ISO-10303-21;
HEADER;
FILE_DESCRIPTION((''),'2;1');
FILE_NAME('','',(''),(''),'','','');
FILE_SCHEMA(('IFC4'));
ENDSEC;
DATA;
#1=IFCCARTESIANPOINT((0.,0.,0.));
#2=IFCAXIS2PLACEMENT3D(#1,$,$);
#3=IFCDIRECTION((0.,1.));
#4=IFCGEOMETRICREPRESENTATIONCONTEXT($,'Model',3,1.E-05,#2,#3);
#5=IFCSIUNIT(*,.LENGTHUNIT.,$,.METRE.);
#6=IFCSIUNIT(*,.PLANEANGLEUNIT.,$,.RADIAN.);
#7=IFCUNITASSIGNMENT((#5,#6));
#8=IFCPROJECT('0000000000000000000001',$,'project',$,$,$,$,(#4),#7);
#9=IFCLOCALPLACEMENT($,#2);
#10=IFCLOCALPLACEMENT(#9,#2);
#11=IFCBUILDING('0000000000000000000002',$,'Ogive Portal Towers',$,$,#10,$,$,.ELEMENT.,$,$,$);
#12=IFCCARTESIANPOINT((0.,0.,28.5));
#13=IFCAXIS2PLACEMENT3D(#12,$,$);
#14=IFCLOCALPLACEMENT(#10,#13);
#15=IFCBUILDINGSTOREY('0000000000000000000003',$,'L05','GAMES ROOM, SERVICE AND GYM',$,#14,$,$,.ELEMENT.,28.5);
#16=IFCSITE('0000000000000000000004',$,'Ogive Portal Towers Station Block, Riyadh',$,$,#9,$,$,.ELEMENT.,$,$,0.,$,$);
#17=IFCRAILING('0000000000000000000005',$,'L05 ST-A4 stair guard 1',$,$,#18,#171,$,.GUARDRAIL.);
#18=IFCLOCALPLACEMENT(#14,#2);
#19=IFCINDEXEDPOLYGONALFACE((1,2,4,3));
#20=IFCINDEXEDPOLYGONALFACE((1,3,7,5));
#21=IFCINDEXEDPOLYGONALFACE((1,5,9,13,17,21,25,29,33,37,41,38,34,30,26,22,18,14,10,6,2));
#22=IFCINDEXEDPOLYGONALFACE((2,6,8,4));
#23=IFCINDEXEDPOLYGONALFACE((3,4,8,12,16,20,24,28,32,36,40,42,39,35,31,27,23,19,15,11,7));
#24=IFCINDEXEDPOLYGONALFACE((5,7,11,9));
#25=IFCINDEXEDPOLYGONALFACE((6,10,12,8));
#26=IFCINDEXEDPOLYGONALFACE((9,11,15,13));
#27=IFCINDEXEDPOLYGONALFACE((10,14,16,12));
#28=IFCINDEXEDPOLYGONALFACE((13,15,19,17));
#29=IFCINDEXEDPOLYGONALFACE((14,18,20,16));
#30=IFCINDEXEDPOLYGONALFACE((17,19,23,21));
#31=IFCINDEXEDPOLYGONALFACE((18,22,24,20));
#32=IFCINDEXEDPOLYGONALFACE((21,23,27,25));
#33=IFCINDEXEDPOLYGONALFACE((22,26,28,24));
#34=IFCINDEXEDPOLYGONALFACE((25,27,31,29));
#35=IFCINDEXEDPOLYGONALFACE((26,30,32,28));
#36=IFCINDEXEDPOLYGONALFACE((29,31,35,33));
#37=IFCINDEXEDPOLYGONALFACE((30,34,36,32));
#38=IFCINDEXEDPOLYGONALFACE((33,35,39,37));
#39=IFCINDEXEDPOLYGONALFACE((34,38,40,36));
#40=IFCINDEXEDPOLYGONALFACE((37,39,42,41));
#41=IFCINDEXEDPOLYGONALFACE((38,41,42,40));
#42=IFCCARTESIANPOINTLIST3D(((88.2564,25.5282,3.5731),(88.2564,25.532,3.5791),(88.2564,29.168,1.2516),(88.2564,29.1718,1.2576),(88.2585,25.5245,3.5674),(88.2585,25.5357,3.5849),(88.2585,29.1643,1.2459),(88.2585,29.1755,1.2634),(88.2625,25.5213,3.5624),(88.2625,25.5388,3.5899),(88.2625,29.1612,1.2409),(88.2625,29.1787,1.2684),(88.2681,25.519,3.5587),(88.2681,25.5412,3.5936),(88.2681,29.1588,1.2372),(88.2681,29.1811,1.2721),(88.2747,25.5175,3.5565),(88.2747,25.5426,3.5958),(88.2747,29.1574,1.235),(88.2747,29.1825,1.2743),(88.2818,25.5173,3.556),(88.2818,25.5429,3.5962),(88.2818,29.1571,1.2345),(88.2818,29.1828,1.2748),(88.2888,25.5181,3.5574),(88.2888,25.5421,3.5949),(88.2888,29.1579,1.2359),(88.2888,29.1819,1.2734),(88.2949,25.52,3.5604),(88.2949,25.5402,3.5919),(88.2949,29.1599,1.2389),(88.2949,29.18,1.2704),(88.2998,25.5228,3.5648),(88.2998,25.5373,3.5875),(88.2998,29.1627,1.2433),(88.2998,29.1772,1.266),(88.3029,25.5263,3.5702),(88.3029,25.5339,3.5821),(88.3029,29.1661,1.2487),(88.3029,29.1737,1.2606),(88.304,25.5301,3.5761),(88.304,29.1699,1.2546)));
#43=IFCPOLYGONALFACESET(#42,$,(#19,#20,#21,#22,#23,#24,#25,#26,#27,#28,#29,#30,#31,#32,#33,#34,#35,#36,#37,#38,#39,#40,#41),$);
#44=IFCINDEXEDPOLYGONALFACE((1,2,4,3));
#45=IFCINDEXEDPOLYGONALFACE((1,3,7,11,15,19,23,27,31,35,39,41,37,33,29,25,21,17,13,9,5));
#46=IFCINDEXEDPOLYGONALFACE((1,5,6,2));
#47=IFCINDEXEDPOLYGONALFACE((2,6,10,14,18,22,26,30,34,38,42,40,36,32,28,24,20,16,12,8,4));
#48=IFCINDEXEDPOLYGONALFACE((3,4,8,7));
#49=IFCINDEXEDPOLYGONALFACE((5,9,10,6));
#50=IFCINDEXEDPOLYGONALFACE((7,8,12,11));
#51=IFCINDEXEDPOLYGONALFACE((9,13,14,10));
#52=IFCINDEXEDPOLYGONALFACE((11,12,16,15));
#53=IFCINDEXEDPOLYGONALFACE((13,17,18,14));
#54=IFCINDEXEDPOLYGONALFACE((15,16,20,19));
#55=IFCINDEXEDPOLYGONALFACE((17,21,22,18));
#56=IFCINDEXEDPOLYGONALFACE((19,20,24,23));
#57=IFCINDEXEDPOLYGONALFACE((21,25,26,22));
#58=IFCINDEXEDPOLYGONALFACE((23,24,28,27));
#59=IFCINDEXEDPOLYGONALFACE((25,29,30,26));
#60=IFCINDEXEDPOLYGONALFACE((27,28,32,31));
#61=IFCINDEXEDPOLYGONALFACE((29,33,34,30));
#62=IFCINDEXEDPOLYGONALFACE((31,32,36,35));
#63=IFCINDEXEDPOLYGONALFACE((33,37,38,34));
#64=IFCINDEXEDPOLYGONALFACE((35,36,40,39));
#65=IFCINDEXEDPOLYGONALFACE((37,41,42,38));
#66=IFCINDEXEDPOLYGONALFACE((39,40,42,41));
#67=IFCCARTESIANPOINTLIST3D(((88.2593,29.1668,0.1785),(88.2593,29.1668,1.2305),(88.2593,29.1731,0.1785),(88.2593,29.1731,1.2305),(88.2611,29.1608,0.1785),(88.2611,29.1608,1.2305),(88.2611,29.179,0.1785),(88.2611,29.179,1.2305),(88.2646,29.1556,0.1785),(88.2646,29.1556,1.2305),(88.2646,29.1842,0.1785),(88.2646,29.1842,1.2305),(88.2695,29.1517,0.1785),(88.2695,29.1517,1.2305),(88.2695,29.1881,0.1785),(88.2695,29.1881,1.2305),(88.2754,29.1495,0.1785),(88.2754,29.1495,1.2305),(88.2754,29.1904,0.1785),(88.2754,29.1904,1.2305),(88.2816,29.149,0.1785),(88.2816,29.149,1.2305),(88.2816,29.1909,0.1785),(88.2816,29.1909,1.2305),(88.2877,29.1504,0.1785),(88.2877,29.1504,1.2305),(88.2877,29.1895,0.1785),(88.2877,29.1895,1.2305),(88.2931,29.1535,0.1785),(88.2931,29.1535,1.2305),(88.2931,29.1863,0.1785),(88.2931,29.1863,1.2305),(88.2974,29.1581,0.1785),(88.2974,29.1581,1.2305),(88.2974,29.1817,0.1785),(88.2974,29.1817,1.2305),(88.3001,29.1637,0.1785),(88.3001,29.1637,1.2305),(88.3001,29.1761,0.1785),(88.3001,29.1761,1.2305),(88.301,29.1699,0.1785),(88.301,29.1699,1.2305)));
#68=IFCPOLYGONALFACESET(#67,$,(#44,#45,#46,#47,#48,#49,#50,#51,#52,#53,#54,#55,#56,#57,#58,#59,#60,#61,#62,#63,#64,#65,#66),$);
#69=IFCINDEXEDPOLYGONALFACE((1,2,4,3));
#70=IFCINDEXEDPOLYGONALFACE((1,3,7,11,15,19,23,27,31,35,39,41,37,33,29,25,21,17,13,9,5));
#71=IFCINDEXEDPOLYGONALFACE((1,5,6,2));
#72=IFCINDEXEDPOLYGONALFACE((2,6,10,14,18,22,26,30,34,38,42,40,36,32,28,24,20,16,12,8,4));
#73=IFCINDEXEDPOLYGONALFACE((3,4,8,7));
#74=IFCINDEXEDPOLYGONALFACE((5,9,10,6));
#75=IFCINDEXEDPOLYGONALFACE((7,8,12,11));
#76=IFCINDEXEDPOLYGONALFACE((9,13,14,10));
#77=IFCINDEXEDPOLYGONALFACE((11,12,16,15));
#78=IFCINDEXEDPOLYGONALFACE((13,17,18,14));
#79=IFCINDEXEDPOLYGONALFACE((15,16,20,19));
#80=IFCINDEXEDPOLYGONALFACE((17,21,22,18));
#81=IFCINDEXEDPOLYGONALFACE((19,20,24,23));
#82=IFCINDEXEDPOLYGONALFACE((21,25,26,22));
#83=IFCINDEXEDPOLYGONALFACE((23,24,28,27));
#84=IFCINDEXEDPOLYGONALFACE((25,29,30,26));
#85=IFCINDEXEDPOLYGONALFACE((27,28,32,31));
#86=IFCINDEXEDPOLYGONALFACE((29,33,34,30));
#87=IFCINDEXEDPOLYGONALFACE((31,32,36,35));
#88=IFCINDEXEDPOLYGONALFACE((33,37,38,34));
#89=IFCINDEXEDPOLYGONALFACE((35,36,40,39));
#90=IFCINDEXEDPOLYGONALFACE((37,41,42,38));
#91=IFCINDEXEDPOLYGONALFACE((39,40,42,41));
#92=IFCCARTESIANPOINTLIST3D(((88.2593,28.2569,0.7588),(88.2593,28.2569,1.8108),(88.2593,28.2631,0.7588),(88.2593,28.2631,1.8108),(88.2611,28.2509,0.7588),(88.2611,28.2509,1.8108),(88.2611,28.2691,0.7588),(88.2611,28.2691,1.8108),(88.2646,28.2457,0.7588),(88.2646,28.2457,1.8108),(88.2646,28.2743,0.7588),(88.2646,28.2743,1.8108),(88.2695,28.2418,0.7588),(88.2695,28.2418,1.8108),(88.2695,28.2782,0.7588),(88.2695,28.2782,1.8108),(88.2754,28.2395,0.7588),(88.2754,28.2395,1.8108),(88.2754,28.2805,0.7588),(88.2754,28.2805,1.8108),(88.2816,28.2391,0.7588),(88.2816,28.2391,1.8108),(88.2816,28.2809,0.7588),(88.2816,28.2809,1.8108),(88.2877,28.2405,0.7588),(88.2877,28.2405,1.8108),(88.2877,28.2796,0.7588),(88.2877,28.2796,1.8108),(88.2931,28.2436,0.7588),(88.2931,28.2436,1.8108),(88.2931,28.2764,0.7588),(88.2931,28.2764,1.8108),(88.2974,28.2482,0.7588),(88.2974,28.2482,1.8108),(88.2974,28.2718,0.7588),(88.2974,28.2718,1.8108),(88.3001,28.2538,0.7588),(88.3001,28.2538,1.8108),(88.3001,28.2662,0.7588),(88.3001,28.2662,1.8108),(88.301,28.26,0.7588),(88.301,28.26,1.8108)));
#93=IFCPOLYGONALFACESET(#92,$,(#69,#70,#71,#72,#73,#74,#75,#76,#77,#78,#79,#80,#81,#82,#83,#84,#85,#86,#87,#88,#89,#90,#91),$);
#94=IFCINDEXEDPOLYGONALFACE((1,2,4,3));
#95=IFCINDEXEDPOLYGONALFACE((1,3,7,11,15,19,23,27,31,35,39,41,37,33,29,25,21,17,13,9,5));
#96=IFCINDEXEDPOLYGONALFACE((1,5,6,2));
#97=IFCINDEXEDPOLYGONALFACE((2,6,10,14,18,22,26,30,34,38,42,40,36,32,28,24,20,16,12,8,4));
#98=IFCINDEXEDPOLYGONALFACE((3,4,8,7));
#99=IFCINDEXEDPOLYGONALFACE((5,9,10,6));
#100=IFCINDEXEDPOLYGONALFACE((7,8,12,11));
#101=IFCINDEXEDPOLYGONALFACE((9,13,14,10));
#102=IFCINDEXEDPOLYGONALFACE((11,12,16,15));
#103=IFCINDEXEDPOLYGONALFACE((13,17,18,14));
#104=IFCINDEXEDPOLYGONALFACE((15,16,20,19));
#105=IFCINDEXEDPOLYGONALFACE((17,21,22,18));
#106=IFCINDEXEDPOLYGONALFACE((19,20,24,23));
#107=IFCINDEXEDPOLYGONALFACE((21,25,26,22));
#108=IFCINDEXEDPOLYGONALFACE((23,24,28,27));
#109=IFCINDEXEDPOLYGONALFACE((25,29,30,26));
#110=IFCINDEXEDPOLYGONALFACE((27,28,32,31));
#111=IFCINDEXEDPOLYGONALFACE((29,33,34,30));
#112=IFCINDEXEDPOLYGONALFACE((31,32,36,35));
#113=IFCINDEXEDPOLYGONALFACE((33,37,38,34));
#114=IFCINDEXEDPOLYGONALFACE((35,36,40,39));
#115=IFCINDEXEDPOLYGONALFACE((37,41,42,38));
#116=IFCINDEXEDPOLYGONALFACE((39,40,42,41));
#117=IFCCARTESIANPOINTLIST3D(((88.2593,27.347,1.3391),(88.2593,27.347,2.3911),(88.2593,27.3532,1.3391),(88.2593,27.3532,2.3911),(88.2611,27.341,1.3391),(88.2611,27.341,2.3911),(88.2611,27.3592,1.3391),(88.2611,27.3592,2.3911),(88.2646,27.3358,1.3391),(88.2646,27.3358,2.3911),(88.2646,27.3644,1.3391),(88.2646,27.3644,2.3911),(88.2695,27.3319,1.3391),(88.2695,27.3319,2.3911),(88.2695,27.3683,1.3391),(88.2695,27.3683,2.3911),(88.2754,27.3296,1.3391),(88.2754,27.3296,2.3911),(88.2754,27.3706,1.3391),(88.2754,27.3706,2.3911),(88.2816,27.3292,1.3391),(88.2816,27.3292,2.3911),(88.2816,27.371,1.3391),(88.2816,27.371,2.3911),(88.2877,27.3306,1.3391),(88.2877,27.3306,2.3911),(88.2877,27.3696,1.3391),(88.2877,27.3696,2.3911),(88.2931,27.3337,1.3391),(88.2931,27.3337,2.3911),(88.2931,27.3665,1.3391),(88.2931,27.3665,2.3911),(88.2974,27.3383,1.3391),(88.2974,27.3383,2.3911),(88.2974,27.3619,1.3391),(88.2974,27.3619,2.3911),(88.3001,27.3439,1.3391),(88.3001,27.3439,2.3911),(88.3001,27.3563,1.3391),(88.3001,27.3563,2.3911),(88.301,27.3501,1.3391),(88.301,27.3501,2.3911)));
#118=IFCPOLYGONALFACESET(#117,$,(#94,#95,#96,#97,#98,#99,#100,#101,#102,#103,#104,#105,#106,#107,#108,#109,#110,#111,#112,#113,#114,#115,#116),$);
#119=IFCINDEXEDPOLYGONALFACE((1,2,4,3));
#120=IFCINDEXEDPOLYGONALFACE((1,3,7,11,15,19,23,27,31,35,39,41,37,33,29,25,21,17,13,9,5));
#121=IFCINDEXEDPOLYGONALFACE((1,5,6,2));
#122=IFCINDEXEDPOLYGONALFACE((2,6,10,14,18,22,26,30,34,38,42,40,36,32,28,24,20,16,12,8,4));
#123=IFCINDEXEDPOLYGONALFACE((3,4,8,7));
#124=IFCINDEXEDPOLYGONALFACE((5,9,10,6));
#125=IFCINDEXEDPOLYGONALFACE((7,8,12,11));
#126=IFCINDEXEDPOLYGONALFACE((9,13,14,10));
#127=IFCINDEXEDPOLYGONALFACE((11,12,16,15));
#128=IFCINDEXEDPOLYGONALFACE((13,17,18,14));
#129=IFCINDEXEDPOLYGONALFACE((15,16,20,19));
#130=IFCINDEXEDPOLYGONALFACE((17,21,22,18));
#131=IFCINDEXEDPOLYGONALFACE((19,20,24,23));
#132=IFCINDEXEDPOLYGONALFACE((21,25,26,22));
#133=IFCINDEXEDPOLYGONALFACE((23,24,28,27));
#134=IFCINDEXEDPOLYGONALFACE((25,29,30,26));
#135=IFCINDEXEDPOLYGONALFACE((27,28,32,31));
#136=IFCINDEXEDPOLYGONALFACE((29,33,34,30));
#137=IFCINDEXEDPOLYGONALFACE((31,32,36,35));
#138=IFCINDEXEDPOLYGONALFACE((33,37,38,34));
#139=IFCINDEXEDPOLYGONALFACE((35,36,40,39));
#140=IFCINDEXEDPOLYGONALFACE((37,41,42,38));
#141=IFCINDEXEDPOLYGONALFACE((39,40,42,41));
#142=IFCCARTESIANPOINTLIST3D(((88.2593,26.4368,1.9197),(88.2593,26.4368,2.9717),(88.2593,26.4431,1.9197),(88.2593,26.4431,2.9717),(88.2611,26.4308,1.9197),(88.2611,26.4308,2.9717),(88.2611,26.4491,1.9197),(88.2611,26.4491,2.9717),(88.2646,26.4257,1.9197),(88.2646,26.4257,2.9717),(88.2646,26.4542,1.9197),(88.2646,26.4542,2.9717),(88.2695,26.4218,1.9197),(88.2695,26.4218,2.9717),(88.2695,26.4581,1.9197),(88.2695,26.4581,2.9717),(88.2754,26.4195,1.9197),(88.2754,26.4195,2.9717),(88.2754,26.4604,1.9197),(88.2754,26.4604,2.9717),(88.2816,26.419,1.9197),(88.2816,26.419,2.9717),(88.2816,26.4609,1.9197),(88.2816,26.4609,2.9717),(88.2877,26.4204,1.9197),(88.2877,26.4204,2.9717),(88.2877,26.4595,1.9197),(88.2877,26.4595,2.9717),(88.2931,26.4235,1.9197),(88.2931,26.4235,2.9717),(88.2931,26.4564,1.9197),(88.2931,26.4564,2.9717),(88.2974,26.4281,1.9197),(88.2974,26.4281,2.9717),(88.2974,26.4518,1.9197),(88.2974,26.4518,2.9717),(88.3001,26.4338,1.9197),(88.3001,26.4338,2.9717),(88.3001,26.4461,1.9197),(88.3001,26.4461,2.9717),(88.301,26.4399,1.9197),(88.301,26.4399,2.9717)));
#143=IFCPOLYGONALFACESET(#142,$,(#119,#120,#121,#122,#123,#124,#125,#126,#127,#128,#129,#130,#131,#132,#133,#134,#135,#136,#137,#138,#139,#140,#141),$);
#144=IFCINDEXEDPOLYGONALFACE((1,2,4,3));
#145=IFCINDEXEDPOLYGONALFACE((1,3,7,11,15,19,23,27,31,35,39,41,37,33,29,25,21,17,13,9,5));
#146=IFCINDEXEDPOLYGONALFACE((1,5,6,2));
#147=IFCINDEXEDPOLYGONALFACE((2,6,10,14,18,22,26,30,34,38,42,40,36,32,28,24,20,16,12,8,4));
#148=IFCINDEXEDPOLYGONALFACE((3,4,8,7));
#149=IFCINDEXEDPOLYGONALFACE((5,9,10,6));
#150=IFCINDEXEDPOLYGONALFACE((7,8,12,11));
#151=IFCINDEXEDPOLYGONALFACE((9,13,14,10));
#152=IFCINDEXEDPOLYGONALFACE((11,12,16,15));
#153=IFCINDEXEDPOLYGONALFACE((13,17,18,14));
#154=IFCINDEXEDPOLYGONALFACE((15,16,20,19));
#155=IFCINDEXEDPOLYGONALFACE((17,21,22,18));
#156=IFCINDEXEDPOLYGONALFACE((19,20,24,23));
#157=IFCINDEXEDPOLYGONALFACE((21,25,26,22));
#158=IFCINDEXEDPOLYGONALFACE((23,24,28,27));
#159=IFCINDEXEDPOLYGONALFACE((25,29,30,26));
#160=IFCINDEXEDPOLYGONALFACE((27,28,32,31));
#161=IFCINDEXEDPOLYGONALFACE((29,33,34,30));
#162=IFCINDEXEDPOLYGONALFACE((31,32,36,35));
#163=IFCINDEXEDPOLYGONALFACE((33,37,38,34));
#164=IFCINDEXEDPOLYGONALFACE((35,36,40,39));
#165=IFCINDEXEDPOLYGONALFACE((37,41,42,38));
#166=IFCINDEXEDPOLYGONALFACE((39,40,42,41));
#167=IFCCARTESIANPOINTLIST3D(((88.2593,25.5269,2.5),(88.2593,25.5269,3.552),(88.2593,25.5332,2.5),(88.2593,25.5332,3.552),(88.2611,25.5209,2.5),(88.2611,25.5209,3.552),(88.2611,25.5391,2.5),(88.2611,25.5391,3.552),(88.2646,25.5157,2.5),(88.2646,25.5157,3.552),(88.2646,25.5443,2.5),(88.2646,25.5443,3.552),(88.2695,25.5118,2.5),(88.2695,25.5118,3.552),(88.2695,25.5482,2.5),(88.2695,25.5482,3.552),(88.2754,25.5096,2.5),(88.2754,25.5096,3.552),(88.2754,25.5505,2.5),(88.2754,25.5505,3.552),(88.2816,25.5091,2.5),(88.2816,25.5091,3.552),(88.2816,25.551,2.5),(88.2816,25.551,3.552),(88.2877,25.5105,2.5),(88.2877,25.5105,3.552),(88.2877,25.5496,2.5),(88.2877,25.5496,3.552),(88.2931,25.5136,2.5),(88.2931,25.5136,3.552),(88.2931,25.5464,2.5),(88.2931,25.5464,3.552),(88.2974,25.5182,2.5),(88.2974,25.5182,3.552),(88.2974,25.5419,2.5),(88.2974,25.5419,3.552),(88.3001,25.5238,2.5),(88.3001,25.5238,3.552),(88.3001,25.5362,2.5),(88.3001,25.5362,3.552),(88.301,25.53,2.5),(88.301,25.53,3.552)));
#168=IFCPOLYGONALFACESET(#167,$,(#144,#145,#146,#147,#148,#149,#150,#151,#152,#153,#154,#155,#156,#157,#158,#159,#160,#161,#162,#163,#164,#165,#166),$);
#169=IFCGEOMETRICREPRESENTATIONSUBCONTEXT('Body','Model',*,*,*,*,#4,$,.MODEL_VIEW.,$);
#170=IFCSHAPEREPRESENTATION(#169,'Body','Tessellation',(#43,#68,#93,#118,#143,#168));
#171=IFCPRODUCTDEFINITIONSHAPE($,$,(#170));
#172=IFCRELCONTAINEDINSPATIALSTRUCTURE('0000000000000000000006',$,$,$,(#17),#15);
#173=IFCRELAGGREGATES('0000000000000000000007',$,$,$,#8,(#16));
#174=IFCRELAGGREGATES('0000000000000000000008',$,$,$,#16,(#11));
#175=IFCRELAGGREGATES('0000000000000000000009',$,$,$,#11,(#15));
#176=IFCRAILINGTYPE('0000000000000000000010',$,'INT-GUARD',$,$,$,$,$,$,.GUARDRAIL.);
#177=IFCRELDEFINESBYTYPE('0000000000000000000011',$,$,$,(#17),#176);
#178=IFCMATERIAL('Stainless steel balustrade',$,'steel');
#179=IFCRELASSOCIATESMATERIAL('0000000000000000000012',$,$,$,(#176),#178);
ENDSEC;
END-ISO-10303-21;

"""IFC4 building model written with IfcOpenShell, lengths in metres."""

from ifc_helpers import new_model, si_unit, direction, frame, origin, origin_2d, place, context, subcontext, project, spatial, circle, extrude, material, type_object, element, save


model = new_model("IFC4")

# Units and contexts
model_context = context("Model", 3, precision=1e-05, world=origin(), true_north=direction((0.0, 1.0)))
body_context = subcontext(model_context, "Body", "Model", "MODEL_VIEW")
ifc_project = project(units=[si_unit("LENGTHUNIT", "METRE"), si_unit("PLANEANGLEUNIT", "RADIAN")], contexts=[model_context])

# Site, building, storey
site_placement = place(None, origin())
site = spatial("IfcSite", under=ifc_project, at=site_placement, Name="Ogive Portal Towers Station Block, Riyadh", CompositionType="ELEMENT", RefElevation=0.0)
building_placement = place(site_placement, origin())
building = spatial("IfcBuilding", under=site, at=building_placement, Name="Ogive Portal Towers", CompositionType="ELEMENT")
storey_placement = place(building_placement, frame((0.0, 0.0, 28.5)))
storey = spatial("IfcBuildingStorey", under=building, at=storey_placement, Name="L05", Description="GAMES ROOM, SERVICE AND GYM", CompositionType="ELEMENT", Elevation=28.5)

# Railing
ifc_material_1 = material(Name="Stainless steel balustrade", Category="steel")
railing_type_1 = type_object("IfcRailingType", Name="INT-GUARD", PredefinedType="GUARDRAIL", material=ifc_material_1)
railing_1_placement = place(storey_placement, frame((88.28, 29.1699, 0.1785)))
element("IfcRailing", 1, at=railing_1_placement, inside=storey, type_object=railing_type_1, Name="L05 ST-A4 stair guard 1", PredefinedType="GUARDRAIL", context=body_context, shape_type="SweptSolid", body=[
    extrude(circle(Radius=0.0239, at=origin_2d()), frame((0.0, 0.0, 1.0762), z_axis=(0.0, -0.843112, 0.537739), x_axis=(1.0, 0.0, 0.0)), (0.0, 0.0, 1.0), 4.3171),
    extrude(circle(Radius=0.021, at=origin_2d()), origin(), (0.0, 0.0, 1.0), 1.052),
    extrude(circle(Radius=0.021, at=origin_2d()), frame((0.0, -0.9099, 0.5803)), (0.0, 0.0, 1.0), 1.052),
    extrude(circle(Radius=0.021, at=origin_2d()), frame((0.0, -1.8198, 1.1606)), (0.0, 0.0, 1.0), 1.052),
    extrude(circle(Radius=0.021, at=origin_2d()), frame((0.0, -2.73, 1.7412)), (0.0, 0.0, 1.0), 1.052),
    extrude(circle(Radius=0.021, at=origin_2d()), frame((0.0, -3.6399, 2.3215)), (0.0, 0.0, 1.0), 1.052),
])

save(model, "model.ifc")
